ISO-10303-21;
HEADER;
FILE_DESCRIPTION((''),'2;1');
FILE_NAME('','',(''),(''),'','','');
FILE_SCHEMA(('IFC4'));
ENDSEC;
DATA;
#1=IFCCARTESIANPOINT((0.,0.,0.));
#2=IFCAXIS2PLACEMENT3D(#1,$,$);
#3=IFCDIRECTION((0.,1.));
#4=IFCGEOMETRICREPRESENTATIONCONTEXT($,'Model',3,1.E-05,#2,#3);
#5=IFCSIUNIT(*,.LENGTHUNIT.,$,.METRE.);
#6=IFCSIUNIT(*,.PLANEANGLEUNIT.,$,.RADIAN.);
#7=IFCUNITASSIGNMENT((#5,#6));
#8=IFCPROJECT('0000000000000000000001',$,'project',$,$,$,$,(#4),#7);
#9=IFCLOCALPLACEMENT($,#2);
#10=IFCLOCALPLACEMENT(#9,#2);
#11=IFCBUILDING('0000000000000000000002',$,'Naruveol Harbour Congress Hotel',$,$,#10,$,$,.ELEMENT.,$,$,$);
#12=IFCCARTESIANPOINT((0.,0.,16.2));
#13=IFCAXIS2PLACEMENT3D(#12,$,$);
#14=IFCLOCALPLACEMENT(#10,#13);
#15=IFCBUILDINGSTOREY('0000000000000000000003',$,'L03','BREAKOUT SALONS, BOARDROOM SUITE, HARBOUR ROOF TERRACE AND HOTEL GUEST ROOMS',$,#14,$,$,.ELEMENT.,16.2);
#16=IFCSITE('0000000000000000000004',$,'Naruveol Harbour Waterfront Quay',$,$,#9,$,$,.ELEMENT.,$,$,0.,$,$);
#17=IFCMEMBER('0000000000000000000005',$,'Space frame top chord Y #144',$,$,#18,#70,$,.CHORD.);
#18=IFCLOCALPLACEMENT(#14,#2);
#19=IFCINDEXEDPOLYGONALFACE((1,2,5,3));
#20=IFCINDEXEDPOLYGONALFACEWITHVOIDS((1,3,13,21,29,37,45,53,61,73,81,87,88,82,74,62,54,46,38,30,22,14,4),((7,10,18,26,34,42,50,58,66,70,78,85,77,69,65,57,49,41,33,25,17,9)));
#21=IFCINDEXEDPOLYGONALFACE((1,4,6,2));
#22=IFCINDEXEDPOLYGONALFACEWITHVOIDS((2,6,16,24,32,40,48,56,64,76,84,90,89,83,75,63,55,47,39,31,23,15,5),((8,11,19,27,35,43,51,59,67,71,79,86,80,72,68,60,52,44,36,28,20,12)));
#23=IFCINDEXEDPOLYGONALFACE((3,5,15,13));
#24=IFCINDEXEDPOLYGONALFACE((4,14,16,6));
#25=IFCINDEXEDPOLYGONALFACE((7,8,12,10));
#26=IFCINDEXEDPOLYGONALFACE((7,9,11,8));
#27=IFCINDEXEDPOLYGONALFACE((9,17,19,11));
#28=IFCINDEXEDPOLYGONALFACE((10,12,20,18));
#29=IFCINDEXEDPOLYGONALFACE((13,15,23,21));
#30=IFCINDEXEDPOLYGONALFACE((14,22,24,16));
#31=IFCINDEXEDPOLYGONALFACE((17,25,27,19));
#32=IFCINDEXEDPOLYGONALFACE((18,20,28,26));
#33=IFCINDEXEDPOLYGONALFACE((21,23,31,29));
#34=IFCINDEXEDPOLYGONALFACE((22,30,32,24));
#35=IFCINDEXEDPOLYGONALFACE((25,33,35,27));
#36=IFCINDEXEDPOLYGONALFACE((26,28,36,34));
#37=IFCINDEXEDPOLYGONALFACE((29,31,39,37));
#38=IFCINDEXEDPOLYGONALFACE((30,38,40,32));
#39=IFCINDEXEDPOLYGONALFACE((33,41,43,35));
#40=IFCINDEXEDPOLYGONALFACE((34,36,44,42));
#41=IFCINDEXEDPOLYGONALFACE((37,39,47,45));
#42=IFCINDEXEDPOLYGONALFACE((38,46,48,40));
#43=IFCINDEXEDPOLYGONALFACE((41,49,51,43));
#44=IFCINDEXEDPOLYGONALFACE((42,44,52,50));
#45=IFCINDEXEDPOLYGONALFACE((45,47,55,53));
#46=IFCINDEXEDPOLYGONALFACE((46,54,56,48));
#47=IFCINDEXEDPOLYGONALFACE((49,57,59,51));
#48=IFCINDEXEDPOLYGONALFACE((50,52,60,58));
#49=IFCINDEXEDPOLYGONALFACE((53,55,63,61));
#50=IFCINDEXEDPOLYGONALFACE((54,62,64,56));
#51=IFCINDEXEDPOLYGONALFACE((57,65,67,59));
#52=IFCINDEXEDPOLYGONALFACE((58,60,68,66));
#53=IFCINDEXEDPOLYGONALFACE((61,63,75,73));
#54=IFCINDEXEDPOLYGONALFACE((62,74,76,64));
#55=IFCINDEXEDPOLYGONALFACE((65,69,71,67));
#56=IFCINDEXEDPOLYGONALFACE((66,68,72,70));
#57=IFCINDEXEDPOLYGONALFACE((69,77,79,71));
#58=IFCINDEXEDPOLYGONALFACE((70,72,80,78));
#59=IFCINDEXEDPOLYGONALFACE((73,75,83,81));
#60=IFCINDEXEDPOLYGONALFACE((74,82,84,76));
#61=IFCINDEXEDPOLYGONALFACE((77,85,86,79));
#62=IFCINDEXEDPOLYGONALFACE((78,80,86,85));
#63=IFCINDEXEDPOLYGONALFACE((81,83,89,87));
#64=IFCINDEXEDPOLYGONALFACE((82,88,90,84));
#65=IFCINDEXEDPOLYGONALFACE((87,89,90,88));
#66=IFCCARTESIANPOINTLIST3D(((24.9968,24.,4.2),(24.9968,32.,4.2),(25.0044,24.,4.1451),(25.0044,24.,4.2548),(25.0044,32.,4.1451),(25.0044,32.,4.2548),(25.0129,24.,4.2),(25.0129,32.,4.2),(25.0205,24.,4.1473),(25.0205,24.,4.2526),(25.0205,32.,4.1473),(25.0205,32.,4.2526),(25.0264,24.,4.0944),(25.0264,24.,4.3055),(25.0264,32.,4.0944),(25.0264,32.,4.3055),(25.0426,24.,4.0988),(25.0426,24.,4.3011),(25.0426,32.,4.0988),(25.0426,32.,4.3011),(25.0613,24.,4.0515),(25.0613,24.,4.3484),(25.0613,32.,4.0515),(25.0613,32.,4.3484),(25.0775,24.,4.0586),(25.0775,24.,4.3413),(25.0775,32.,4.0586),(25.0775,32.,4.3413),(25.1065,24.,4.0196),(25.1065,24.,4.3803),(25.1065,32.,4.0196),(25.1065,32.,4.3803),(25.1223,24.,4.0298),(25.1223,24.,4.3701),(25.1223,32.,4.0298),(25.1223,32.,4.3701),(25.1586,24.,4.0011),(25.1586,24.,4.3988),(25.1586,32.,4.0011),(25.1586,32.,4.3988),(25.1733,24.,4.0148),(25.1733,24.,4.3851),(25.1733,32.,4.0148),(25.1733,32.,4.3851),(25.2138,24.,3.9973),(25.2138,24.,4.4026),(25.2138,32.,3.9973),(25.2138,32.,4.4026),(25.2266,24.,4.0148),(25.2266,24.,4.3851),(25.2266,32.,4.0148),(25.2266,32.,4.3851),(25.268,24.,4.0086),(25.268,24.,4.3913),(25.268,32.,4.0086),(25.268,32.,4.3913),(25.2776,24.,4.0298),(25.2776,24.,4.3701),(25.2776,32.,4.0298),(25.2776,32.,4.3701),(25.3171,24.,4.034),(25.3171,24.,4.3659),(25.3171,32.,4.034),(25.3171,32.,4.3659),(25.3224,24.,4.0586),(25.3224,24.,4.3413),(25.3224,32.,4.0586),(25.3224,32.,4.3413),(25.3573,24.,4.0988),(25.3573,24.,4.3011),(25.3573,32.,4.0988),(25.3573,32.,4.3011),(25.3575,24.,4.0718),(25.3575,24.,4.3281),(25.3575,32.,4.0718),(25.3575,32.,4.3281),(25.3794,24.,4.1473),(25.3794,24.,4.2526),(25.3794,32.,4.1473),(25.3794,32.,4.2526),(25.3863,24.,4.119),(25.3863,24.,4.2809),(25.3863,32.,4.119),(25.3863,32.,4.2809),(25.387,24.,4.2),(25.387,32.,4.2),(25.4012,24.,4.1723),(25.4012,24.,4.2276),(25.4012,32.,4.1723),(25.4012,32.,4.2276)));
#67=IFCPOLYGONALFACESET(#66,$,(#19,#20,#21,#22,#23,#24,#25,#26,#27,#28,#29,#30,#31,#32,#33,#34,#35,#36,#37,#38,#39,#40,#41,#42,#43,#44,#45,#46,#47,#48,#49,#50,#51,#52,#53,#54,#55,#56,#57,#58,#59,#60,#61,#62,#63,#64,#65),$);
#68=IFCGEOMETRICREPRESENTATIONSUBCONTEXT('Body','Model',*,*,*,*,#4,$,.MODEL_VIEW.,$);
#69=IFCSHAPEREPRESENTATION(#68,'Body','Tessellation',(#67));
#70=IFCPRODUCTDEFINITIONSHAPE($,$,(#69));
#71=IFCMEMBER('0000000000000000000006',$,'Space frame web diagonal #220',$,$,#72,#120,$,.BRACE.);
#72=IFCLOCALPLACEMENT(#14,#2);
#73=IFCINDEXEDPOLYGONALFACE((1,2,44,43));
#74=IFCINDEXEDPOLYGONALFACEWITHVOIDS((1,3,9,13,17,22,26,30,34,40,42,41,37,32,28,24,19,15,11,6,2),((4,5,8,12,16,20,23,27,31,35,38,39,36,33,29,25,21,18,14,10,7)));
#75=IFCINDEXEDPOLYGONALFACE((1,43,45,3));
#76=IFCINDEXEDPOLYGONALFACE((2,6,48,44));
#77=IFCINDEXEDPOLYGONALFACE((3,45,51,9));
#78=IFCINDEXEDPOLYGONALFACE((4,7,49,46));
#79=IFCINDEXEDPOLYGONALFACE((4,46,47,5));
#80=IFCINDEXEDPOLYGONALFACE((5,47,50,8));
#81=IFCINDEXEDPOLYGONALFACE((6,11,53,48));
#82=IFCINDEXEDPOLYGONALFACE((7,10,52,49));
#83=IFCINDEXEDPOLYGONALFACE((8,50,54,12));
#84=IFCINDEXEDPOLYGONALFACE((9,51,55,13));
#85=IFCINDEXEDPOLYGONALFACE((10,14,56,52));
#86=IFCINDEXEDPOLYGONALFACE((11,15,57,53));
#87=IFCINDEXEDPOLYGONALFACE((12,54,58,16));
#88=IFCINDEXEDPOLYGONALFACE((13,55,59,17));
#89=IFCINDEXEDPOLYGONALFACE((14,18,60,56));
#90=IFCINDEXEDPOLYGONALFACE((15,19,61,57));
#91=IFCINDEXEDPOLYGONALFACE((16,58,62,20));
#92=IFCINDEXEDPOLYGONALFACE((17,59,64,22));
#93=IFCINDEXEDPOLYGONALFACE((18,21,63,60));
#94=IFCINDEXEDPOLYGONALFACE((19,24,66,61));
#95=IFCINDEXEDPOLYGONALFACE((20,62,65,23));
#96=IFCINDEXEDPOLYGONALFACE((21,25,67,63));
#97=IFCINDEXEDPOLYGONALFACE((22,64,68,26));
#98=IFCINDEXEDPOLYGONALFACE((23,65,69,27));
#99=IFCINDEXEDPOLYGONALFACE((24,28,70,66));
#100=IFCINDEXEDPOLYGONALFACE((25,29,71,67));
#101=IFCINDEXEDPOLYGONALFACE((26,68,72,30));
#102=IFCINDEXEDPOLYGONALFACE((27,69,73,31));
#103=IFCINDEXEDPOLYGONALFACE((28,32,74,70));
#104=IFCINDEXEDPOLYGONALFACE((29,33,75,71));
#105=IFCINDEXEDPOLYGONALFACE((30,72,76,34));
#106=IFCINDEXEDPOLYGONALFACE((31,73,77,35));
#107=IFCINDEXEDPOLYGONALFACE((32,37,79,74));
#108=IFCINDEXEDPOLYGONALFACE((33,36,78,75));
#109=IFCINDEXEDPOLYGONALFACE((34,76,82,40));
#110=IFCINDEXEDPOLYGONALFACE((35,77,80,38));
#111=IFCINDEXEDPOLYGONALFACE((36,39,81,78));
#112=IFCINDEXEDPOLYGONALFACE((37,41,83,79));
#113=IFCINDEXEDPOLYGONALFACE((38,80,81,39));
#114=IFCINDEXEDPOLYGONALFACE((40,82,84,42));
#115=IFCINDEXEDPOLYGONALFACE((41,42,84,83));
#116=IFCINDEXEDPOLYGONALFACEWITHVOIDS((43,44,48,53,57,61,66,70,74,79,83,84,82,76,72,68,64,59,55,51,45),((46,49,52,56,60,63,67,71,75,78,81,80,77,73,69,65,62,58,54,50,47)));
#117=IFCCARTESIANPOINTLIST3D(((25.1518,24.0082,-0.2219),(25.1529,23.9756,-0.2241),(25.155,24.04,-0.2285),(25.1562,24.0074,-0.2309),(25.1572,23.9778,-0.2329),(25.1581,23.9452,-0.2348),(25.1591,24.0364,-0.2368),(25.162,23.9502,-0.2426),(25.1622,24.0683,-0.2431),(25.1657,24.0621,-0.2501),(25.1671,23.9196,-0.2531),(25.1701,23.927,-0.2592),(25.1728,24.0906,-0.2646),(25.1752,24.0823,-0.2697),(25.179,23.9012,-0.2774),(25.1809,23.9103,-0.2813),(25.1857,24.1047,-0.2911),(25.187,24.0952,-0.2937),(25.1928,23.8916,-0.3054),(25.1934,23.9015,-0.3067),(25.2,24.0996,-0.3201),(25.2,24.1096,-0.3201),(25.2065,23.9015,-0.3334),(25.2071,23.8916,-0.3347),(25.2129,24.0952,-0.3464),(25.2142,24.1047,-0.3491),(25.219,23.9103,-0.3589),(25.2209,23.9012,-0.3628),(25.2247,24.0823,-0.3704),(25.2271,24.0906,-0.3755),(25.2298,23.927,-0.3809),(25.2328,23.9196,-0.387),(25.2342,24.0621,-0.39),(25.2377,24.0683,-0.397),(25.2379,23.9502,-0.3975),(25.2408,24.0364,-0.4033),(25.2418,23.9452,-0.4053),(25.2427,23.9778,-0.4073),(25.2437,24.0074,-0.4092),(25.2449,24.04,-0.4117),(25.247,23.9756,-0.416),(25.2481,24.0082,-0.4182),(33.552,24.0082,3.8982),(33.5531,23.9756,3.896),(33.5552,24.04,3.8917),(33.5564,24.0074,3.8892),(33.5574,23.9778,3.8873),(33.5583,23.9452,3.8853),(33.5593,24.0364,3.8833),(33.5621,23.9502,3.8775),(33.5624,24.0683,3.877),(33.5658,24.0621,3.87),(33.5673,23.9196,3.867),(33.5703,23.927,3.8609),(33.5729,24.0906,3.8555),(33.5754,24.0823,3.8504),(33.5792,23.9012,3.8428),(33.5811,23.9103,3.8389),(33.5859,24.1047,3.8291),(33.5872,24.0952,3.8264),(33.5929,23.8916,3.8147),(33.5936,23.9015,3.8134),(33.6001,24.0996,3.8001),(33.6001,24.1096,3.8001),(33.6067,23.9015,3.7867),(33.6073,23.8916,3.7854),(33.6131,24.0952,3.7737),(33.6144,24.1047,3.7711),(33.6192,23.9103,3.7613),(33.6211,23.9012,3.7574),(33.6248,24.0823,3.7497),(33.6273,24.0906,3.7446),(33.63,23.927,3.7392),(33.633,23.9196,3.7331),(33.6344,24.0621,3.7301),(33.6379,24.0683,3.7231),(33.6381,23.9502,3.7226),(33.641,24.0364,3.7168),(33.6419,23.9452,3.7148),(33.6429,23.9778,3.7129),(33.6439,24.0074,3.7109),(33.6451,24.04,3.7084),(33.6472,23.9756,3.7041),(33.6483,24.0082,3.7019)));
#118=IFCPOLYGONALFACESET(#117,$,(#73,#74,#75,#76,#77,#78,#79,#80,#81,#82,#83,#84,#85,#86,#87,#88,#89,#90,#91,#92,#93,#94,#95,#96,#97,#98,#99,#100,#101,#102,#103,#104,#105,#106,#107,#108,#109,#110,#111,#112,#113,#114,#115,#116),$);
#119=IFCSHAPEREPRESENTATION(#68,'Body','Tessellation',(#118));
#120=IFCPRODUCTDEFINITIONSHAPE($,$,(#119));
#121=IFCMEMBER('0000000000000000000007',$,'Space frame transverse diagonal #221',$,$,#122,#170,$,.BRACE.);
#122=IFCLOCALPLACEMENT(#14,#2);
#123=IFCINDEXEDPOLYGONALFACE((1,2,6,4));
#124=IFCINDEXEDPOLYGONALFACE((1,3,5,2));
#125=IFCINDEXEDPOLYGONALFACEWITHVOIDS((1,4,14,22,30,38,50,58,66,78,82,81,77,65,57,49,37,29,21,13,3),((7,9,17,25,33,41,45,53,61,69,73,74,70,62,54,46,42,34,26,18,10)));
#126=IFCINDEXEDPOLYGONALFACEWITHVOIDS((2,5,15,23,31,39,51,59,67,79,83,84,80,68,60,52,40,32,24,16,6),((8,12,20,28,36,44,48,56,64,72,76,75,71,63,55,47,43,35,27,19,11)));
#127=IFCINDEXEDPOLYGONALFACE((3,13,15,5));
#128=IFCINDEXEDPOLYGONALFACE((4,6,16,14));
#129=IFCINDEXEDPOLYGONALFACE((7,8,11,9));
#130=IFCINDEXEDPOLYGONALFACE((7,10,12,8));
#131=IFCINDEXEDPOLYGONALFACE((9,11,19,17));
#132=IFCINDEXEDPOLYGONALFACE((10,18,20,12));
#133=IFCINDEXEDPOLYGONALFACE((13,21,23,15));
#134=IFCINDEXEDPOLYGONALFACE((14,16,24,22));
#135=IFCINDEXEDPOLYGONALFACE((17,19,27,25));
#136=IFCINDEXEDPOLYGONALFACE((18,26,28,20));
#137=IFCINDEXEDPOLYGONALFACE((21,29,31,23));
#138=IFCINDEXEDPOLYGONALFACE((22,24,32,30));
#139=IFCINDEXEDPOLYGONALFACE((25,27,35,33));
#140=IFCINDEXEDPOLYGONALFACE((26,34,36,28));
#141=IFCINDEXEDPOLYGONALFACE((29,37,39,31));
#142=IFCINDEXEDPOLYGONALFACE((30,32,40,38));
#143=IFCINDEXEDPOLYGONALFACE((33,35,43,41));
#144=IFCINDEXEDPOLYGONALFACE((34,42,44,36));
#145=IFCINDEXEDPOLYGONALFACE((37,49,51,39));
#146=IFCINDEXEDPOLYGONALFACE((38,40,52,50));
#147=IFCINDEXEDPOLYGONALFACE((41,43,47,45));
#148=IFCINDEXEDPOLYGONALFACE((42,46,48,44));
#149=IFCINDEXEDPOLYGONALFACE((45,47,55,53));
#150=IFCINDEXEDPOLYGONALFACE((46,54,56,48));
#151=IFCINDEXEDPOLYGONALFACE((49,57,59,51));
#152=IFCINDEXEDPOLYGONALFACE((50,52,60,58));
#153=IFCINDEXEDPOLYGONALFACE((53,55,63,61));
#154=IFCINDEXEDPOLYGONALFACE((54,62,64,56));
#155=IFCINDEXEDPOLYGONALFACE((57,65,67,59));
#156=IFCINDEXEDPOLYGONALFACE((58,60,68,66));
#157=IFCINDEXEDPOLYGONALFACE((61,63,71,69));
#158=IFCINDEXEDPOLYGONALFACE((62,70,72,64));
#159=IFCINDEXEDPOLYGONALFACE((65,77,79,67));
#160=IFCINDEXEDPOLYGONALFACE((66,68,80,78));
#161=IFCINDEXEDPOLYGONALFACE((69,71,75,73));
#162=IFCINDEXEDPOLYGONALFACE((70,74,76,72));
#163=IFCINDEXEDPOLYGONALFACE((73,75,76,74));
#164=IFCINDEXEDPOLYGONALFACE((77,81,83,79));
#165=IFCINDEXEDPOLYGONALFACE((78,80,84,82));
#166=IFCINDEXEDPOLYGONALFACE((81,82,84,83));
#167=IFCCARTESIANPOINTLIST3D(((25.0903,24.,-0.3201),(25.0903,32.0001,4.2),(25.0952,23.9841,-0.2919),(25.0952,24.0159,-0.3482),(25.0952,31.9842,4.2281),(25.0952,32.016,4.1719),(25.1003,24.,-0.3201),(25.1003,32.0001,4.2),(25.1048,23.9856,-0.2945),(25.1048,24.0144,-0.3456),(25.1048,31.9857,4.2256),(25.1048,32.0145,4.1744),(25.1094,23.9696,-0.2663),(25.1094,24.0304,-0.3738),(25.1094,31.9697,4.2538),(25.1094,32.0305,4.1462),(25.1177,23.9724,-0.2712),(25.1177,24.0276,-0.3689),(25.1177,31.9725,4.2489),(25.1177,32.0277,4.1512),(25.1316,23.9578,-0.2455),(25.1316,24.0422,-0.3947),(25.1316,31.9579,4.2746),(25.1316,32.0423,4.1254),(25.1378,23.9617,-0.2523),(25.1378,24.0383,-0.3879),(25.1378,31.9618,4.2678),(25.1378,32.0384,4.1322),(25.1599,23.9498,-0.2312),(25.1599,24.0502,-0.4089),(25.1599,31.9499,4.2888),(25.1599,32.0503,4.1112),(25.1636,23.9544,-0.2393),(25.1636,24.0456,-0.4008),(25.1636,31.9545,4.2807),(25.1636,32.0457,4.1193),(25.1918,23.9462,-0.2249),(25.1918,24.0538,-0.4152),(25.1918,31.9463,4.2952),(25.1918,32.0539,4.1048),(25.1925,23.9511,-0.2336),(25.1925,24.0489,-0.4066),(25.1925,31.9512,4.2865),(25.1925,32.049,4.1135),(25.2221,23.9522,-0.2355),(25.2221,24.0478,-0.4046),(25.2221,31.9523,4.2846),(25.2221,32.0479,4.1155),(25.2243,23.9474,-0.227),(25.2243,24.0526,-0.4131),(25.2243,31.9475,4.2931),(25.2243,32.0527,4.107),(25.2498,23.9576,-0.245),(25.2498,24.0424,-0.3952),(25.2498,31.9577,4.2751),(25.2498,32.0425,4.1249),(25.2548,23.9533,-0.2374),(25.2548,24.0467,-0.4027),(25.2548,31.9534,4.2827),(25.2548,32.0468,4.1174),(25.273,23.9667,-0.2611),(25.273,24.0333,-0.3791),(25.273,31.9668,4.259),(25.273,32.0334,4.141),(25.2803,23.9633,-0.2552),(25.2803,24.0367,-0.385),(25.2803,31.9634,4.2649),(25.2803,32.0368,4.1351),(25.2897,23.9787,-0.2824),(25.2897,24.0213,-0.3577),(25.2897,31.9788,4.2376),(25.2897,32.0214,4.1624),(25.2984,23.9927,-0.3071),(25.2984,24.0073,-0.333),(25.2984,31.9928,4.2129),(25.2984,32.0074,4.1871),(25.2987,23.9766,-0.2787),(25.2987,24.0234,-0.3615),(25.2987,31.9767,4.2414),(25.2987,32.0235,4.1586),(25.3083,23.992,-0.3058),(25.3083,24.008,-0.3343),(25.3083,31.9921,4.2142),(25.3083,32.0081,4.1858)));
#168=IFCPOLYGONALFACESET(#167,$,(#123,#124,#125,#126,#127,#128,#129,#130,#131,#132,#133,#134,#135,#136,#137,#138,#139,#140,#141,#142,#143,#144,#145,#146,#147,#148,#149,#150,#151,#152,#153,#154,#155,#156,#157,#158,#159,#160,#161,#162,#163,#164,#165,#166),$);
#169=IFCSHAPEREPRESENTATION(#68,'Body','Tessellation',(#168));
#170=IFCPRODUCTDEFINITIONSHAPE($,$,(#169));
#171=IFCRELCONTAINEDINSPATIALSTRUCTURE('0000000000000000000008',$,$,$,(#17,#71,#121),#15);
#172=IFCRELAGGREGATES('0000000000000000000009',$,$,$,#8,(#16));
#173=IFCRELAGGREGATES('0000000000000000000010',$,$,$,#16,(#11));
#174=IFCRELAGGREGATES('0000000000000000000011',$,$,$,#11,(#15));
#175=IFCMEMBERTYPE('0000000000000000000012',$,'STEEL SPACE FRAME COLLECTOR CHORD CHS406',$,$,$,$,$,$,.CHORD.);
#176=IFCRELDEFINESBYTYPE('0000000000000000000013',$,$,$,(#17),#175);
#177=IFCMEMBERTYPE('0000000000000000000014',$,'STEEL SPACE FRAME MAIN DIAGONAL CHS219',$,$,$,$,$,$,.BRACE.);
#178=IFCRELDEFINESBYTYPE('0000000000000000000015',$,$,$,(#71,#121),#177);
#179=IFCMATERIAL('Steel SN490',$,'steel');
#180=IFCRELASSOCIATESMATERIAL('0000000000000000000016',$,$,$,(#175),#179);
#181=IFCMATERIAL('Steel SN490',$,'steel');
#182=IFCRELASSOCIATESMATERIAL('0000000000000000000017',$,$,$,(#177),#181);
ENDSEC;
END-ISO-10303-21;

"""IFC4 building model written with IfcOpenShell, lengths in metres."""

from ifc_helpers import new_model, si_unit, direction, frame, origin, origin_2d, place, context, subcontext, project, spatial, hollow_circle, extrude, material, material_profile, profile_set, type_object, element, save


model = new_model("IFC4")

# Units and contexts
model_context = context("Model", 3, precision=1e-05, world=origin(), true_north=direction((0.0, 1.0)))
body_context = subcontext(model_context, "Body", "Model", "MODEL_VIEW")
ifc_project = project(units=[si_unit("LENGTHUNIT", "METRE"), si_unit("PLANEANGLEUNIT", "RADIAN")], contexts=[model_context])

# Site, building, storey
site_placement = place(None, origin())
site = spatial("IfcSite", under=ifc_project, at=site_placement, Name="Naruveol Harbour Waterfront Quay", CompositionType="ELEMENT", RefElevation=0.0)
building_placement = place(site_placement, origin())
building = spatial("IfcBuilding", under=site, at=building_placement, Name="Naruveol Harbour Congress Hotel", CompositionType="ELEMENT")
storey_placement = place(building_placement, frame((0.0, 0.0, 16.2)))
storey = spatial("IfcBuildingStorey", under=building, at=storey_placement, Name="L03", Description="BREAKOUT SALONS, BOARDROOM SUITE, HARBOUR ROOF TERRACE AND HOTEL GUEST ROOMS", CompositionType="ELEMENT", Elevation=16.2)

# Members
ifc_material_1 = material(Name="Steel SN490", Category="steel")
ifc_material_profile_1 = material_profile(ifc_material_1, hollow_circle(Radius=0.2031, WallThickness=0.0161, at=origin_2d()), Name="CHS-406.4x16")
ifc_profile_set_1 = profile_set([ifc_material_profile_1], Name="Steel SN490")
member_type_1 = type_object("IfcMemberType", Name="STEEL SPACE FRAME COLLECTOR CHORD CHS406", PredefinedType="CHORD", material=ifc_profile_set_1)
member_1_placement = place(storey_placement, frame((25.2, 24.0, 4.2), z_axis=(0.0, 1.0, 0.0), x_axis=(-1.0, 0.0, 0.0)))
element("IfcMember", 1, at=member_1_placement, inside=storey, type_object=member_type_1, Name="Space frame top chord Y #144", PredefinedType="CHORD", context=body_context, shape_type="SweptSolid", body=[
    extrude(hollow_circle(Radius=0.2031, WallThickness=0.0161, at=origin_2d()), origin(), (0.0, 0.0, 1.0), 8.0),
])
ifc_material_2 = material(Name="Steel SN490", Category="steel")
ifc_material_profile_2 = material_profile(ifc_material_2, hollow_circle(Radius=0.1096, WallThickness=0.01, at=origin_2d()), Name="CHS-219.1x10")
ifc_profile_set_2 = profile_set([ifc_material_profile_2], Name="Steel SN490")
member_type_2 = type_object("IfcMemberType", Name="STEEL SPACE FRAME MAIN DIAGONAL CHS219", PredefinedType="BRACE", material=ifc_profile_set_2)
member_2_placement = place(storey_placement, frame((25.2, 24.0, -0.3201), z_axis=(0.897819, 0.0, 0.440364), x_axis=(0.0, 1.0, 0.0)))
element("IfcMember", 2, at=member_2_placement, inside=storey, type_object=member_type_2, Name="Space frame web diagonal #220", PredefinedType="BRACE", context=body_context, shape_type="SweptSolid", body=[
    extrude(hollow_circle(Radius=0.1096, WallThickness=0.01, at=origin_2d()), origin(), (0.0, 0.0, 1.0), 9.3562),
])
member_3_placement = place(storey_placement, frame((25.2, 24.0, -0.3201), z_axis=(0.0, 0.870643, 0.491915), x_axis=(-1.0, 0.0, 0.0)))
element("IfcMember", 3, at=member_3_placement, inside=storey, type_object=member_type_2, Name="Space frame transverse diagonal #221", PredefinedType="BRACE", context=body_context, shape_type="SweptSolid", body=[
    extrude(hollow_circle(Radius=0.1096, WallThickness=0.01, at=origin_2d()), origin(), (0.0, 0.0, 1.0), 9.1887),
])

save(model, "model.ifc")
